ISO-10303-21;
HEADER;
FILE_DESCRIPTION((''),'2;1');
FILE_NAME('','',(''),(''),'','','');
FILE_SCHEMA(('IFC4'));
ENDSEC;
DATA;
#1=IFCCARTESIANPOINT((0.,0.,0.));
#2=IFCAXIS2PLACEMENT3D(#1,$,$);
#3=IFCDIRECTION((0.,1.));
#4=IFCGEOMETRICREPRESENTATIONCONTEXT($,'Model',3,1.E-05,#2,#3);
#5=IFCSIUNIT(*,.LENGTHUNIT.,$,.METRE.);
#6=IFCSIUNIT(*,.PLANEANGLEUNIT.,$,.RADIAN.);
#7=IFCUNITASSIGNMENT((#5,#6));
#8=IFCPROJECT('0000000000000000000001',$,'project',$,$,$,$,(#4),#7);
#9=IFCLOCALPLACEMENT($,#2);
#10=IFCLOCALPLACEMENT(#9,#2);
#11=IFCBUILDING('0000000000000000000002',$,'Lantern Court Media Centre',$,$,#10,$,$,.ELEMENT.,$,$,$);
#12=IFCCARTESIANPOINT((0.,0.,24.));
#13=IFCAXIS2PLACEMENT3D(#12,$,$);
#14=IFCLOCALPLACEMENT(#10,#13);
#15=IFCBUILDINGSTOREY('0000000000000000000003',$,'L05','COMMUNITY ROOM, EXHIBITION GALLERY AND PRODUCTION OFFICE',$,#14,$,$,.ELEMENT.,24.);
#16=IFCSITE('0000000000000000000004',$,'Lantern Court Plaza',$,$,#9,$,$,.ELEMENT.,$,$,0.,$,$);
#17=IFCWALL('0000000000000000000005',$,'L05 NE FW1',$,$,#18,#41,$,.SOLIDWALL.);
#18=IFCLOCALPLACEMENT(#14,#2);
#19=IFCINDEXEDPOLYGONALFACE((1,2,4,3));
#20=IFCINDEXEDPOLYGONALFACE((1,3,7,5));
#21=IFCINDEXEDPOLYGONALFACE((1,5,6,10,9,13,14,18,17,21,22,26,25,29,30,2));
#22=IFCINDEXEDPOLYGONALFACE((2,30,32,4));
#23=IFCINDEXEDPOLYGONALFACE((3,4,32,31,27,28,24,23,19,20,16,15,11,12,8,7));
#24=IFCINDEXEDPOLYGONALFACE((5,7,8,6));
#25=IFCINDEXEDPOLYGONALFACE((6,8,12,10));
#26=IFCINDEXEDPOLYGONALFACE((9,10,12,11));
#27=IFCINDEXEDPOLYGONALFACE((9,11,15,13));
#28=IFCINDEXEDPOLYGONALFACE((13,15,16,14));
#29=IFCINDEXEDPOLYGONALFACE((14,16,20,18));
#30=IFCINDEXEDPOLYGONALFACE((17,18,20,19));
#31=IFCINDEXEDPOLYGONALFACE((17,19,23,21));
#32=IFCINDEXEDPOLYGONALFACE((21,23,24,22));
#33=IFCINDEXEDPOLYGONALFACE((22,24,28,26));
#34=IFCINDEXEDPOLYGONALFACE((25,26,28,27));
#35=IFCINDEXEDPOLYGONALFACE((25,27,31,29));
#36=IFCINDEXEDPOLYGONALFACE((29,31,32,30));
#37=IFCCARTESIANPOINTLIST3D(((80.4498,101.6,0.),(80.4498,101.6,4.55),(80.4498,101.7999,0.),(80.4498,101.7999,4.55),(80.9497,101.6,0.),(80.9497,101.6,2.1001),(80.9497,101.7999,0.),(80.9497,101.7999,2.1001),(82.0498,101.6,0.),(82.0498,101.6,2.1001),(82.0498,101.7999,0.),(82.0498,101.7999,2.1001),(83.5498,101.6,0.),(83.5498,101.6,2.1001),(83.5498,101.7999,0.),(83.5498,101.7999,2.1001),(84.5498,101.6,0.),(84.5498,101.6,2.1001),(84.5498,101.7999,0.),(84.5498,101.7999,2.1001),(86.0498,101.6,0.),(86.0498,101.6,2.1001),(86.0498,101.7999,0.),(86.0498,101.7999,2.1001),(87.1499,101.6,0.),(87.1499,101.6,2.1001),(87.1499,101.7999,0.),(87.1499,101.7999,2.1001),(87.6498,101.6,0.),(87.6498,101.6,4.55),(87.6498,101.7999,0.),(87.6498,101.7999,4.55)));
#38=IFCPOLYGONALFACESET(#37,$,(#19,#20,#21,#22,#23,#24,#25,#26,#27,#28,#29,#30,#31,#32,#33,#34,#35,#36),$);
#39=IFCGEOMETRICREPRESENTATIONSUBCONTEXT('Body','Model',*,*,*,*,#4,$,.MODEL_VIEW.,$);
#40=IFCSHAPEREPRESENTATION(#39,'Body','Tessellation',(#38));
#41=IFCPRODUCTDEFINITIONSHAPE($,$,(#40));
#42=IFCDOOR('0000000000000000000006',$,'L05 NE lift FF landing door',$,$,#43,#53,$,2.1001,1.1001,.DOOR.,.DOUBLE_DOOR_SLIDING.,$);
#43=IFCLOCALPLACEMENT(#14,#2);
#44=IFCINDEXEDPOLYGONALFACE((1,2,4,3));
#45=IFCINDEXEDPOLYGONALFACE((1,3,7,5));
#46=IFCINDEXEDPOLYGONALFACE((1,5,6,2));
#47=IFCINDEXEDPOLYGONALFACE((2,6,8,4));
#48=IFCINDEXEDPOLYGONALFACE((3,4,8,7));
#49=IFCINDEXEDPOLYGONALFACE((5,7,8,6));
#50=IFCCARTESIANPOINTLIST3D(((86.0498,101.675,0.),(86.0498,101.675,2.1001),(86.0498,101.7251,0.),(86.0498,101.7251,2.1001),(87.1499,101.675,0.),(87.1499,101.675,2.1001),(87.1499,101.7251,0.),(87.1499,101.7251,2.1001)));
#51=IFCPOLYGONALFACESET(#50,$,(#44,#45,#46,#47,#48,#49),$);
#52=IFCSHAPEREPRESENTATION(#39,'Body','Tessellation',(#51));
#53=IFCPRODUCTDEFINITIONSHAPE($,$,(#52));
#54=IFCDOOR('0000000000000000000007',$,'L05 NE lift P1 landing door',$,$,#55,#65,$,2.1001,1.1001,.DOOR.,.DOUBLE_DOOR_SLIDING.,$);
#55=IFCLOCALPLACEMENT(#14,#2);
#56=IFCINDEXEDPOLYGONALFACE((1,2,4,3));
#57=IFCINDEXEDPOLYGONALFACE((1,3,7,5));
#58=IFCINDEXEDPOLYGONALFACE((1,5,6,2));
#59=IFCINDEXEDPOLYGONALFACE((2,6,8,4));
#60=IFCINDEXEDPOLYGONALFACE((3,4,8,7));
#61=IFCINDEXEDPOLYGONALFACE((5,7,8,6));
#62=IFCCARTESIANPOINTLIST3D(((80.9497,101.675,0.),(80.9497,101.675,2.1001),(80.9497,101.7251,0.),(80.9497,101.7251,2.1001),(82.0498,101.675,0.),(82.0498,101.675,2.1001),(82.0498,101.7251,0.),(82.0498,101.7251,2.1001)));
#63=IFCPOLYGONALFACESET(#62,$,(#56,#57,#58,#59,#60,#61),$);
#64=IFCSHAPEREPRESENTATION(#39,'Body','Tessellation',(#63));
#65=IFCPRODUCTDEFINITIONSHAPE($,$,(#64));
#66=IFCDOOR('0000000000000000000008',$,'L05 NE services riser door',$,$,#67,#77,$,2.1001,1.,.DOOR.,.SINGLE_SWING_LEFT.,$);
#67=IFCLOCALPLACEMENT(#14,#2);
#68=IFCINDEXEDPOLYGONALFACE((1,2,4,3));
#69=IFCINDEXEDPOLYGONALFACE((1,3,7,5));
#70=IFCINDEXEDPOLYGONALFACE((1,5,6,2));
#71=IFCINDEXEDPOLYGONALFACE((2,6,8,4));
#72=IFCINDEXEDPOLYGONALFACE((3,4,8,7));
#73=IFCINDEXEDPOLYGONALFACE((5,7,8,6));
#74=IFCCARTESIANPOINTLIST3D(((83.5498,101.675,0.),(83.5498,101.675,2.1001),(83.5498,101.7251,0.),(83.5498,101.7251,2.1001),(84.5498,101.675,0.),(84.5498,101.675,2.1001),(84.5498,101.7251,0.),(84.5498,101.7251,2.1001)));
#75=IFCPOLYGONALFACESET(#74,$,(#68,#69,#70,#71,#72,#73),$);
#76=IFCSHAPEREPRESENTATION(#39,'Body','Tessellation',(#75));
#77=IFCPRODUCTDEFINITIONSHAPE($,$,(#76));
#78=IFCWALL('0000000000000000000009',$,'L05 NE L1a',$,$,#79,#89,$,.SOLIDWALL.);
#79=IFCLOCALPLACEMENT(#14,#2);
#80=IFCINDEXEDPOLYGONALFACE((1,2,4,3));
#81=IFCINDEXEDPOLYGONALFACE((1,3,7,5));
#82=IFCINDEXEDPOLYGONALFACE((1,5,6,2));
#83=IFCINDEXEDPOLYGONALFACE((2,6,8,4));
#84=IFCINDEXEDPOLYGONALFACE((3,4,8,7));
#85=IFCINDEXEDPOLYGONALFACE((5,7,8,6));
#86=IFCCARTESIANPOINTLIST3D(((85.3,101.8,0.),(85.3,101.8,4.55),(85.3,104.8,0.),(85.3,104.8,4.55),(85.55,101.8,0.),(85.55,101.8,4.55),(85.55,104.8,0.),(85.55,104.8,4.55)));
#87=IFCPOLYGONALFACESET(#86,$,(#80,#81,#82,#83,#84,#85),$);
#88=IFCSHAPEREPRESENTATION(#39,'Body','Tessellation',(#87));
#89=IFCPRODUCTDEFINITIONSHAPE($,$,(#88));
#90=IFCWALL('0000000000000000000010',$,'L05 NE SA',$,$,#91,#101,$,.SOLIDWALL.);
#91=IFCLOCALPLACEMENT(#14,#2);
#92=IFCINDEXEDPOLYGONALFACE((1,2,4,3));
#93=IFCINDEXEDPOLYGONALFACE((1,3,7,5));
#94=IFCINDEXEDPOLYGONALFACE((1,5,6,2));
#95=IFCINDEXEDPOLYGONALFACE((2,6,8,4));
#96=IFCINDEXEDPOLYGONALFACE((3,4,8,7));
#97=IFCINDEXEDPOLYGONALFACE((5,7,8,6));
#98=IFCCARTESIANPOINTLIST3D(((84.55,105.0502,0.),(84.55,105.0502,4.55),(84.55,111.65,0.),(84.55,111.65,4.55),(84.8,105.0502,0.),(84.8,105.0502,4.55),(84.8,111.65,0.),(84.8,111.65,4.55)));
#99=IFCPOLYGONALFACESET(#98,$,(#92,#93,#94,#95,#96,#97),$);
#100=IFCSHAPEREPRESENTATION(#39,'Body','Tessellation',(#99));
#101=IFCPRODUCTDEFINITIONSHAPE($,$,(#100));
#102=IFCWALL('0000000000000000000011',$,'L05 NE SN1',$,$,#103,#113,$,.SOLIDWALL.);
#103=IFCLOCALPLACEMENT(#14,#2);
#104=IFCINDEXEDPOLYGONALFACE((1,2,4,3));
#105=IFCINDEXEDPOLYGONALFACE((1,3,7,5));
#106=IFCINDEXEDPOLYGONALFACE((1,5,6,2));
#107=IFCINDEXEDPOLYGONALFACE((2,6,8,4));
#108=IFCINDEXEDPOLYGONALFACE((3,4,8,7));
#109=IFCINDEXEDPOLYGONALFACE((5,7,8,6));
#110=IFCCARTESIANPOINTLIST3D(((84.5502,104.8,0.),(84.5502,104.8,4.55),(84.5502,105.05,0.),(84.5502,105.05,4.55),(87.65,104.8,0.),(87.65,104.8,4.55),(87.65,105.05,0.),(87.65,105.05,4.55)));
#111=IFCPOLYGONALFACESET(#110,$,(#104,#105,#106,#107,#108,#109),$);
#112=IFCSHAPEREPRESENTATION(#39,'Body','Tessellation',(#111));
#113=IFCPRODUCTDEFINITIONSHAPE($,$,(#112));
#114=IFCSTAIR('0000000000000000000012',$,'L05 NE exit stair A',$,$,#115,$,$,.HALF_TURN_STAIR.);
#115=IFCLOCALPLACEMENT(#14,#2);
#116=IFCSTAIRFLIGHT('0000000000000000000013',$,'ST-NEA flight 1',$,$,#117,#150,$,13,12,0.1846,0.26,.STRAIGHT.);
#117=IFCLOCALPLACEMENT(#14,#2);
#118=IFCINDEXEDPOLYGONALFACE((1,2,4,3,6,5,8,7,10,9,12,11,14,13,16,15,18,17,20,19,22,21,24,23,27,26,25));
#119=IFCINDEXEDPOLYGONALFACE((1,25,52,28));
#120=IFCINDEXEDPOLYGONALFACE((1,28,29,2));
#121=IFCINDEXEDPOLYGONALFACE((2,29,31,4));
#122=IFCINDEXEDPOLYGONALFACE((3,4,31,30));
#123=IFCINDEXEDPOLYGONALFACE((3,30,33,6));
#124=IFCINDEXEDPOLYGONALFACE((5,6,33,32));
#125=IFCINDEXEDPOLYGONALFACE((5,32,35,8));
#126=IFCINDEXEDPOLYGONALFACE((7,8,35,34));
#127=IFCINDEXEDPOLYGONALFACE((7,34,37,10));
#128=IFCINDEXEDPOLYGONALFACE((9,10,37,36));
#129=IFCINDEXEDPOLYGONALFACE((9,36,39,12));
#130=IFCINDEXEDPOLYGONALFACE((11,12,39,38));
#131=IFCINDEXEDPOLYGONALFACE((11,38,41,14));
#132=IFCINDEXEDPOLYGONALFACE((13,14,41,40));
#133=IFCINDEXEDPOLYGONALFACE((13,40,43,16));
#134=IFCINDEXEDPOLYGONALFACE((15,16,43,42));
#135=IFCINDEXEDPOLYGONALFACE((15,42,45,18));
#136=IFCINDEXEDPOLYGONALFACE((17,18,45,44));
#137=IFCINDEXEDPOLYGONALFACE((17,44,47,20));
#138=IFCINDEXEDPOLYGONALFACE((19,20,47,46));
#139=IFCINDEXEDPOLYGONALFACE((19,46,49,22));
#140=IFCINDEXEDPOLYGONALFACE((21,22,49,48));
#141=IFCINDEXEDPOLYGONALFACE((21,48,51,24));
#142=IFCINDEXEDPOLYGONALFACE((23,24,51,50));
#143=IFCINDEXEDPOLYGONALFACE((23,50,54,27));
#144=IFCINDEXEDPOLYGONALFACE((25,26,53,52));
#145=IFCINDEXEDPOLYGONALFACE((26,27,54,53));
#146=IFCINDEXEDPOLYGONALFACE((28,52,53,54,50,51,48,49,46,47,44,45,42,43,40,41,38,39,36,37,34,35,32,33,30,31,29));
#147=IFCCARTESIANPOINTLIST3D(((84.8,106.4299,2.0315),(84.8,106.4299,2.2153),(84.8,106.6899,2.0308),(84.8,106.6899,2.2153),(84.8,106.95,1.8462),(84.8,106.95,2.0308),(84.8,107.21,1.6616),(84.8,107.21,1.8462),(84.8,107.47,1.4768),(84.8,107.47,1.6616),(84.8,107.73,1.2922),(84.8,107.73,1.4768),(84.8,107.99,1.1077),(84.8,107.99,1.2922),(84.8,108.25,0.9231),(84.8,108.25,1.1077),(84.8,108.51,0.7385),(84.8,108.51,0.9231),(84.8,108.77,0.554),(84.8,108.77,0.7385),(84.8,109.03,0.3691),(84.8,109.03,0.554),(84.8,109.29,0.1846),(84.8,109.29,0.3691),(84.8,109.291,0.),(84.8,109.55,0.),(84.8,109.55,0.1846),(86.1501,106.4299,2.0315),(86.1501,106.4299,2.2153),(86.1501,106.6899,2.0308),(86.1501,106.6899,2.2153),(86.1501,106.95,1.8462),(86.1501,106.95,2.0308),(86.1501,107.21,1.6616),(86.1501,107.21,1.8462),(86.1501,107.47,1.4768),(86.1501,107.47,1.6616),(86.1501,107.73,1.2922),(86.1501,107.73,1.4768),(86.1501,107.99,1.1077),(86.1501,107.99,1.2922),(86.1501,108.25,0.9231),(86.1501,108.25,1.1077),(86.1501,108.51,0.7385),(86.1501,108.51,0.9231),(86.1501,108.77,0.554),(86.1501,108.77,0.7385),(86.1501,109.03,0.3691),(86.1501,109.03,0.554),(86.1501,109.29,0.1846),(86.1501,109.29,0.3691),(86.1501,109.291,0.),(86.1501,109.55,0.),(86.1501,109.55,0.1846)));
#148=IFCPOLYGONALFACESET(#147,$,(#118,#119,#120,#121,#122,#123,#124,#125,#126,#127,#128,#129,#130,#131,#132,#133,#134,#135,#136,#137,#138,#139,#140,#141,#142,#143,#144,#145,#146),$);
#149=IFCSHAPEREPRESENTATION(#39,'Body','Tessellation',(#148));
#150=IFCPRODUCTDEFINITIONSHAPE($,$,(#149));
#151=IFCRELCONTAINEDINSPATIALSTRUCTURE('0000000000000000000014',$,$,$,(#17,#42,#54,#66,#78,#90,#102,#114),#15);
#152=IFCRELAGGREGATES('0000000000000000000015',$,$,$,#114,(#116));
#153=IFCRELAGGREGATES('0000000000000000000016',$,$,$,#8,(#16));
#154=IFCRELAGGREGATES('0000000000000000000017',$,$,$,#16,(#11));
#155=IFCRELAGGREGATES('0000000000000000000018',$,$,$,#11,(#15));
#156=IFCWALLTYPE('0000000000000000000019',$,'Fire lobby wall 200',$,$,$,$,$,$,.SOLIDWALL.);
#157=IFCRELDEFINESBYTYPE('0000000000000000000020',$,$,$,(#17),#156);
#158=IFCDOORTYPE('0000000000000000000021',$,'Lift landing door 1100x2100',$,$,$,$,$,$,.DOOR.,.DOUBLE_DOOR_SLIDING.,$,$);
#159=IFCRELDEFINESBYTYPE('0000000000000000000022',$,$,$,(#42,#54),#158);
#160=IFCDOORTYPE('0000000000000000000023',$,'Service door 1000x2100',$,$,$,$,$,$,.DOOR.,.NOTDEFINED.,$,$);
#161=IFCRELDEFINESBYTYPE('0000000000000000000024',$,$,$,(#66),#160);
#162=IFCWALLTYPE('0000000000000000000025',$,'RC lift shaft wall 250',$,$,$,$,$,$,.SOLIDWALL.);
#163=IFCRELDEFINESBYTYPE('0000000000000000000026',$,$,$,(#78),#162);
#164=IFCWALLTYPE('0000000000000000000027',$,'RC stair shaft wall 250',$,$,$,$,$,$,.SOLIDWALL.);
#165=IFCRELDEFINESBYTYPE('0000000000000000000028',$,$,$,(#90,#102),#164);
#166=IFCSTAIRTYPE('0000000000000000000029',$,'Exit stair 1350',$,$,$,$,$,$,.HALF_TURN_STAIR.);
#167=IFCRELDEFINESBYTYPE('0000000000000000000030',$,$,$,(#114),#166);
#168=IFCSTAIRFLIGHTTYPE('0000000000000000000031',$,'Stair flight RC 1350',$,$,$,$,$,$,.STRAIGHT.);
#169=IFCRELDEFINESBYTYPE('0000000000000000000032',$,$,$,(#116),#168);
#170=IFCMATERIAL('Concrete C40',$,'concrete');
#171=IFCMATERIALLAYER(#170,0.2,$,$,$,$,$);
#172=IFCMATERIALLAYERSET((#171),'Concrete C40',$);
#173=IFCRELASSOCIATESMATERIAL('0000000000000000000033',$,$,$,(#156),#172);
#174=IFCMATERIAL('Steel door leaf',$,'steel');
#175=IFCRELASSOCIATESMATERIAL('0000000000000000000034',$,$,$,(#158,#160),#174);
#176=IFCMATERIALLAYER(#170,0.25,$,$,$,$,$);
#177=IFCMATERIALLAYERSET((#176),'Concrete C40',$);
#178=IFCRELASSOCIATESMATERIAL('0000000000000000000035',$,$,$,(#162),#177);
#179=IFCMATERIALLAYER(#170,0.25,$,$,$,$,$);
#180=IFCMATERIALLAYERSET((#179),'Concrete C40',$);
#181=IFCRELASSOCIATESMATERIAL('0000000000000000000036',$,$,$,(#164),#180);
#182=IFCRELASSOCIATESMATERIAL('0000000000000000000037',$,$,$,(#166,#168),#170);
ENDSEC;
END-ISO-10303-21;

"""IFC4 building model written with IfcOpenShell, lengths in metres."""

from ifc_helpers import new_model, si_unit, direction, frame, frame_2d, origin, place, context, subcontext, project, spatial, polyline, rectangle, outline, extrude, material, layer, layer_set, type_object, element, fill, aggregate, save


model = new_model("IFC4")

# Units and contexts
model_context = context("Model", 3, precision=1e-05, world=origin(), true_north=direction((0.0, 1.0)))
body_context = subcontext(model_context, "Body", "Model", "MODEL_VIEW")
ifc_project = project(units=[si_unit("LENGTHUNIT", "METRE"), si_unit("PLANEANGLEUNIT", "RADIAN")], contexts=[model_context])

# Site, building, storey
site_placement = place(None, origin())
site = spatial("IfcSite", under=ifc_project, at=site_placement, Name="Lantern Court Plaza", CompositionType="ELEMENT", RefElevation=0.0)
building_placement = place(site_placement, origin())
building = spatial("IfcBuilding", under=site, at=building_placement, Name="Lantern Court Media Centre", CompositionType="ELEMENT")
storey_placement = place(building_placement, frame((0.0, 0.0, 24.0)))
storey = spatial("IfcBuildingStorey", under=building, at=storey_placement, Name="L05", Description="COMMUNITY ROOM, EXHIBITION GALLERY AND PRODUCTION OFFICE", CompositionType="ELEMENT", Elevation=24.0)

# Wall, openings, doors
ifc_material_1 = material(Name="Concrete C40", Category="concrete")
ifc_layer_1 = layer(ifc_material_1, 0.2)
ifc_layer_set_1 = layer_set([ifc_layer_1], Name="Concrete C40")
wall_type_1 = type_object("IfcWallType", Name="Fire lobby wall 200", PredefinedType="SOLIDWALL", material=ifc_layer_set_1)
wall_1_placement = place(storey_placement, frame((87.6499, 101.7, 0.0), z_axis=(0.0, 0.0, 1.0), x_axis=(-1.0, 0.0, 0.0)))
wall_1 = element("IfcWall", 1, at=wall_1_placement, inside=storey, type_object=wall_type_1, Name="L05 NE FW1", PredefinedType="SOLIDWALL", context=body_context, shape_type="SweptSolid", body=[
    extrude(rectangle(XDim=7.2, YDim=0.2, at=frame_2d((3.6001, 0.0))), origin(), (0.0, 0.0, 1.0), 4.55),
])
opening_1_placement = place(wall_1_placement, frame((0.5, 0.0, 0.0)))
opening_1 = element("IfcOpeningElement", 2, at=opening_1_placement, cuts=wall_1, PredefinedType="OPENING", context=body_context, shape_type="SweptSolid", body=[
    extrude(rectangle(XDim=1.1001, YDim=2.1001, at=frame_2d((0.55, 1.05))), frame((0.0, 0.1099, 0.0), z_axis=(0.0, -1.0, 0.0), x_axis=(1.0, 0.0, 0.0)), (0.0, 0.0, 1.0), 0.22),
])
opening_2_placement = place(wall_1_placement, frame((5.6001, 0.0, 0.0)))
opening_2 = element("IfcOpeningElement", 3, at=opening_2_placement, cuts=wall_1, PredefinedType="OPENING", context=body_context, shape_type="SweptSolid", body=[
    extrude(rectangle(XDim=1.1001, YDim=2.1001, at=frame_2d((0.55, 1.05))), frame((0.0, 0.1099, 0.0), z_axis=(0.0, -1.0, 0.0), x_axis=(1.0, 0.0, 0.0)), (0.0, 0.0, 1.0), 0.22),
])
opening_3_placement = place(wall_1_placement, frame((3.1001, 0.0, 0.0)))
opening_3 = element("IfcOpeningElement", 4, at=opening_3_placement, cuts=wall_1, PredefinedType="OPENING", context=body_context, shape_type="SweptSolid", body=[
    extrude(rectangle(XDim=1.0, YDim=2.1001, at=frame_2d((0.5, 1.05))), frame((0.0, 0.1099, 0.0), z_axis=(0.0, -1.0, 0.0), x_axis=(1.0, 0.0, 0.0)), (0.0, 0.0, 1.0), 0.22),
])
ifc_material_2 = material(Name="Steel door leaf", Category="steel")
door_type_1 = type_object("IfcDoorType", Name="Lift landing door 1100x2100", OperationType="DOUBLE_DOOR_SLIDING", PredefinedType="DOOR", material=ifc_material_2)
door_1_placement = place(opening_1_placement, origin())
door_1 = element("IfcDoor", 5, at=door_1_placement, inside=storey, type_object=door_type_1, Name="L05 NE lift FF landing door", OperationType="DOUBLE_DOOR_SLIDING", OverallHeight=2.1001, OverallWidth=1.1001, PredefinedType="DOOR", context=body_context, shape_type="SweptSolid", body=[
    extrude(rectangle(XDim=1.1001, YDim=2.1001, at=frame_2d((0.55, 1.05))), frame((0.0, 0.0249, 0.0), z_axis=(0.0, -1.0, 0.0), x_axis=(1.0, 0.0, 0.0)), (0.0, 0.0, 1.0), 0.05),
])
fill(opening_1, door_1)
door_2_placement = place(opening_2_placement, origin())
door_2 = element("IfcDoor", 6, at=door_2_placement, inside=storey, type_object=door_type_1, Name="L05 NE lift P1 landing door", OperationType="DOUBLE_DOOR_SLIDING", OverallHeight=2.1001, OverallWidth=1.1001, PredefinedType="DOOR", context=body_context, shape_type="SweptSolid", body=[
    extrude(rectangle(XDim=1.1001, YDim=2.1001, at=frame_2d((0.55, 1.05))), frame((0.0, 0.0249, 0.0), z_axis=(0.0, -1.0, 0.0), x_axis=(1.0, 0.0, 0.0)), (0.0, 0.0, 1.0), 0.05),
])
fill(opening_2, door_2)
door_type_2 = type_object("IfcDoorType", Name="Service door 1000x2100", OperationType="NOTDEFINED", PredefinedType="DOOR", material=ifc_material_2)
door_3_placement = place(opening_3_placement, origin())
door_3 = element("IfcDoor", 7, at=door_3_placement, inside=storey, type_object=door_type_2, Name="L05 NE services riser door", OperationType="SINGLE_SWING_LEFT", OverallHeight=2.1001, OverallWidth=1.0, PredefinedType="DOOR", context=body_context, shape_type="SweptSolid", body=[
    extrude(rectangle(XDim=1.0, YDim=2.1001, at=frame_2d((0.5, 1.05))), frame((0.0, 0.0249, 0.0), z_axis=(0.0, -1.0, 0.0), x_axis=(1.0, 0.0, 0.0)), (0.0, 0.0, 1.0), 0.05),
])
fill(opening_3, door_3)

# Walls
ifc_layer_2 = layer(ifc_material_1, 0.25)
ifc_layer_set_2 = layer_set([ifc_layer_2], Name="Concrete C40")
wall_type_2 = type_object("IfcWallType", Name="RC lift shaft wall 250", PredefinedType="SOLIDWALL", material=ifc_layer_set_2)
wall_2_placement = place(storey_placement, frame((85.425, 104.8, 0.0), z_axis=(0.0, 0.0, 1.0), x_axis=(0.0, -1.0, 0.0)))
element("IfcWall", 8, at=wall_2_placement, inside=storey, type_object=wall_type_2, Name="L05 NE L1a", PredefinedType="SOLIDWALL", context=body_context, shape_type="SweptSolid", body=[
    extrude(rectangle(XDim=3.0, YDim=0.25, at=frame_2d((1.5, 0.0))), origin(), (0.0, 0.0, 1.0), 4.55),
])
ifc_layer_3 = layer(ifc_material_1, 0.25)
ifc_layer_set_3 = layer_set([ifc_layer_3], Name="Concrete C40")
wall_type_3 = type_object("IfcWallType", Name="RC stair shaft wall 250", PredefinedType="SOLIDWALL", material=ifc_layer_set_3)
wall_3_placement = place(storey_placement, frame((84.675, 111.6499, 0.0), z_axis=(0.0, 0.0, 1.0), x_axis=(0.0, -1.0, 0.0)))
element("IfcWall", 9, at=wall_3_placement, inside=storey, type_object=wall_type_3, Name="L05 NE SA", PredefinedType="SOLIDWALL", context=body_context, shape_type="SweptSolid", body=[
    extrude(rectangle(XDim=6.5999, YDim=0.25, at=frame_2d((3.2998, 0.0))), origin(), (0.0, 0.0, 1.0), 4.55),
])
wall_4_placement = place(storey_placement, frame((87.6499, 104.925, 0.0), z_axis=(0.0, 0.0, 1.0), x_axis=(-1.0, 0.0, 0.0)))
element("IfcWall", 10, at=wall_4_placement, inside=storey, type_object=wall_type_3, Name="L05 NE SN1", PredefinedType="SOLIDWALL", context=body_context, shape_type="SweptSolid", body=[
    extrude(rectangle(XDim=3.0999, YDim=0.25, at=frame_2d((1.5498, 0.0))), origin(), (0.0, 0.0, 1.0), 4.55),
])

# Stair, stair flight
stair_type = type_object("IfcStairType", Name="Exit stair 1350", PredefinedType="HALF_TURN_STAIR", material=ifc_material_1)
stair_placement = place(storey_placement, origin())
stair = element("IfcStair", 11, at=stair_placement, inside=storey, type_object=stair_type, Name="L05 NE exit stair A", PredefinedType="HALF_TURN_STAIR")
stair_flight_type = type_object("IfcStairFlightType", Name="Stair flight RC 1350", PredefinedType="STRAIGHT", material=ifc_material_1)
stair_flight_1_placement = place(storey_placement, frame((85.4751, 109.55, 0.0), z_axis=(0.0, 0.0, 1.0), x_axis=(0.0, -1.0, 0.0)))
stair_flight_1 = element("IfcStairFlight", 12, at=stair_flight_1_placement, type_object=stair_flight_type, Name="ST-NEA flight 1", NumberOfRisers=13, NumberOfTreads=12, PredefinedType="STRAIGHT", RiserHeight=0.1846, TreadLength=0.26, context=body_context, shape_type="SweptSolid", body=[
    extrude(outline(polyline([(0.0, 0.0), (0.0, 0.1846), (0.26, 0.1846), (0.26, 0.3691), (0.52, 0.3691), (0.52, 0.554), (0.78, 0.554), (0.78, 0.7385), (1.04, 0.7385), (1.04, 0.9231), (1.3, 0.9231), (1.3, 1.1077), (1.5601, 1.1077), (1.5601, 1.2922), (1.8201, 1.2922), (1.8201, 1.4768), (2.0801, 1.4768), (2.0801, 1.6616), (2.3401, 1.6616), (2.3401, 1.8462), (2.6001, 1.8462), (2.6001, 2.0308), (2.8601, 2.0308), (2.8601, 2.2153), (3.1201, 2.2153), (3.1201, 2.3999), (3.1201, 2.0315), (0.259, 0.0), (0.0, 0.0)])), frame((0.0, 0.675, 0.0), z_axis=(0.0, -1.0, 0.0), x_axis=(1.0, 0.0, 0.0)), (0.0, 0.0, 1.0), 1.3501),
])
aggregate(stair, [stair_flight_1])

save(model, "model.ifc")
